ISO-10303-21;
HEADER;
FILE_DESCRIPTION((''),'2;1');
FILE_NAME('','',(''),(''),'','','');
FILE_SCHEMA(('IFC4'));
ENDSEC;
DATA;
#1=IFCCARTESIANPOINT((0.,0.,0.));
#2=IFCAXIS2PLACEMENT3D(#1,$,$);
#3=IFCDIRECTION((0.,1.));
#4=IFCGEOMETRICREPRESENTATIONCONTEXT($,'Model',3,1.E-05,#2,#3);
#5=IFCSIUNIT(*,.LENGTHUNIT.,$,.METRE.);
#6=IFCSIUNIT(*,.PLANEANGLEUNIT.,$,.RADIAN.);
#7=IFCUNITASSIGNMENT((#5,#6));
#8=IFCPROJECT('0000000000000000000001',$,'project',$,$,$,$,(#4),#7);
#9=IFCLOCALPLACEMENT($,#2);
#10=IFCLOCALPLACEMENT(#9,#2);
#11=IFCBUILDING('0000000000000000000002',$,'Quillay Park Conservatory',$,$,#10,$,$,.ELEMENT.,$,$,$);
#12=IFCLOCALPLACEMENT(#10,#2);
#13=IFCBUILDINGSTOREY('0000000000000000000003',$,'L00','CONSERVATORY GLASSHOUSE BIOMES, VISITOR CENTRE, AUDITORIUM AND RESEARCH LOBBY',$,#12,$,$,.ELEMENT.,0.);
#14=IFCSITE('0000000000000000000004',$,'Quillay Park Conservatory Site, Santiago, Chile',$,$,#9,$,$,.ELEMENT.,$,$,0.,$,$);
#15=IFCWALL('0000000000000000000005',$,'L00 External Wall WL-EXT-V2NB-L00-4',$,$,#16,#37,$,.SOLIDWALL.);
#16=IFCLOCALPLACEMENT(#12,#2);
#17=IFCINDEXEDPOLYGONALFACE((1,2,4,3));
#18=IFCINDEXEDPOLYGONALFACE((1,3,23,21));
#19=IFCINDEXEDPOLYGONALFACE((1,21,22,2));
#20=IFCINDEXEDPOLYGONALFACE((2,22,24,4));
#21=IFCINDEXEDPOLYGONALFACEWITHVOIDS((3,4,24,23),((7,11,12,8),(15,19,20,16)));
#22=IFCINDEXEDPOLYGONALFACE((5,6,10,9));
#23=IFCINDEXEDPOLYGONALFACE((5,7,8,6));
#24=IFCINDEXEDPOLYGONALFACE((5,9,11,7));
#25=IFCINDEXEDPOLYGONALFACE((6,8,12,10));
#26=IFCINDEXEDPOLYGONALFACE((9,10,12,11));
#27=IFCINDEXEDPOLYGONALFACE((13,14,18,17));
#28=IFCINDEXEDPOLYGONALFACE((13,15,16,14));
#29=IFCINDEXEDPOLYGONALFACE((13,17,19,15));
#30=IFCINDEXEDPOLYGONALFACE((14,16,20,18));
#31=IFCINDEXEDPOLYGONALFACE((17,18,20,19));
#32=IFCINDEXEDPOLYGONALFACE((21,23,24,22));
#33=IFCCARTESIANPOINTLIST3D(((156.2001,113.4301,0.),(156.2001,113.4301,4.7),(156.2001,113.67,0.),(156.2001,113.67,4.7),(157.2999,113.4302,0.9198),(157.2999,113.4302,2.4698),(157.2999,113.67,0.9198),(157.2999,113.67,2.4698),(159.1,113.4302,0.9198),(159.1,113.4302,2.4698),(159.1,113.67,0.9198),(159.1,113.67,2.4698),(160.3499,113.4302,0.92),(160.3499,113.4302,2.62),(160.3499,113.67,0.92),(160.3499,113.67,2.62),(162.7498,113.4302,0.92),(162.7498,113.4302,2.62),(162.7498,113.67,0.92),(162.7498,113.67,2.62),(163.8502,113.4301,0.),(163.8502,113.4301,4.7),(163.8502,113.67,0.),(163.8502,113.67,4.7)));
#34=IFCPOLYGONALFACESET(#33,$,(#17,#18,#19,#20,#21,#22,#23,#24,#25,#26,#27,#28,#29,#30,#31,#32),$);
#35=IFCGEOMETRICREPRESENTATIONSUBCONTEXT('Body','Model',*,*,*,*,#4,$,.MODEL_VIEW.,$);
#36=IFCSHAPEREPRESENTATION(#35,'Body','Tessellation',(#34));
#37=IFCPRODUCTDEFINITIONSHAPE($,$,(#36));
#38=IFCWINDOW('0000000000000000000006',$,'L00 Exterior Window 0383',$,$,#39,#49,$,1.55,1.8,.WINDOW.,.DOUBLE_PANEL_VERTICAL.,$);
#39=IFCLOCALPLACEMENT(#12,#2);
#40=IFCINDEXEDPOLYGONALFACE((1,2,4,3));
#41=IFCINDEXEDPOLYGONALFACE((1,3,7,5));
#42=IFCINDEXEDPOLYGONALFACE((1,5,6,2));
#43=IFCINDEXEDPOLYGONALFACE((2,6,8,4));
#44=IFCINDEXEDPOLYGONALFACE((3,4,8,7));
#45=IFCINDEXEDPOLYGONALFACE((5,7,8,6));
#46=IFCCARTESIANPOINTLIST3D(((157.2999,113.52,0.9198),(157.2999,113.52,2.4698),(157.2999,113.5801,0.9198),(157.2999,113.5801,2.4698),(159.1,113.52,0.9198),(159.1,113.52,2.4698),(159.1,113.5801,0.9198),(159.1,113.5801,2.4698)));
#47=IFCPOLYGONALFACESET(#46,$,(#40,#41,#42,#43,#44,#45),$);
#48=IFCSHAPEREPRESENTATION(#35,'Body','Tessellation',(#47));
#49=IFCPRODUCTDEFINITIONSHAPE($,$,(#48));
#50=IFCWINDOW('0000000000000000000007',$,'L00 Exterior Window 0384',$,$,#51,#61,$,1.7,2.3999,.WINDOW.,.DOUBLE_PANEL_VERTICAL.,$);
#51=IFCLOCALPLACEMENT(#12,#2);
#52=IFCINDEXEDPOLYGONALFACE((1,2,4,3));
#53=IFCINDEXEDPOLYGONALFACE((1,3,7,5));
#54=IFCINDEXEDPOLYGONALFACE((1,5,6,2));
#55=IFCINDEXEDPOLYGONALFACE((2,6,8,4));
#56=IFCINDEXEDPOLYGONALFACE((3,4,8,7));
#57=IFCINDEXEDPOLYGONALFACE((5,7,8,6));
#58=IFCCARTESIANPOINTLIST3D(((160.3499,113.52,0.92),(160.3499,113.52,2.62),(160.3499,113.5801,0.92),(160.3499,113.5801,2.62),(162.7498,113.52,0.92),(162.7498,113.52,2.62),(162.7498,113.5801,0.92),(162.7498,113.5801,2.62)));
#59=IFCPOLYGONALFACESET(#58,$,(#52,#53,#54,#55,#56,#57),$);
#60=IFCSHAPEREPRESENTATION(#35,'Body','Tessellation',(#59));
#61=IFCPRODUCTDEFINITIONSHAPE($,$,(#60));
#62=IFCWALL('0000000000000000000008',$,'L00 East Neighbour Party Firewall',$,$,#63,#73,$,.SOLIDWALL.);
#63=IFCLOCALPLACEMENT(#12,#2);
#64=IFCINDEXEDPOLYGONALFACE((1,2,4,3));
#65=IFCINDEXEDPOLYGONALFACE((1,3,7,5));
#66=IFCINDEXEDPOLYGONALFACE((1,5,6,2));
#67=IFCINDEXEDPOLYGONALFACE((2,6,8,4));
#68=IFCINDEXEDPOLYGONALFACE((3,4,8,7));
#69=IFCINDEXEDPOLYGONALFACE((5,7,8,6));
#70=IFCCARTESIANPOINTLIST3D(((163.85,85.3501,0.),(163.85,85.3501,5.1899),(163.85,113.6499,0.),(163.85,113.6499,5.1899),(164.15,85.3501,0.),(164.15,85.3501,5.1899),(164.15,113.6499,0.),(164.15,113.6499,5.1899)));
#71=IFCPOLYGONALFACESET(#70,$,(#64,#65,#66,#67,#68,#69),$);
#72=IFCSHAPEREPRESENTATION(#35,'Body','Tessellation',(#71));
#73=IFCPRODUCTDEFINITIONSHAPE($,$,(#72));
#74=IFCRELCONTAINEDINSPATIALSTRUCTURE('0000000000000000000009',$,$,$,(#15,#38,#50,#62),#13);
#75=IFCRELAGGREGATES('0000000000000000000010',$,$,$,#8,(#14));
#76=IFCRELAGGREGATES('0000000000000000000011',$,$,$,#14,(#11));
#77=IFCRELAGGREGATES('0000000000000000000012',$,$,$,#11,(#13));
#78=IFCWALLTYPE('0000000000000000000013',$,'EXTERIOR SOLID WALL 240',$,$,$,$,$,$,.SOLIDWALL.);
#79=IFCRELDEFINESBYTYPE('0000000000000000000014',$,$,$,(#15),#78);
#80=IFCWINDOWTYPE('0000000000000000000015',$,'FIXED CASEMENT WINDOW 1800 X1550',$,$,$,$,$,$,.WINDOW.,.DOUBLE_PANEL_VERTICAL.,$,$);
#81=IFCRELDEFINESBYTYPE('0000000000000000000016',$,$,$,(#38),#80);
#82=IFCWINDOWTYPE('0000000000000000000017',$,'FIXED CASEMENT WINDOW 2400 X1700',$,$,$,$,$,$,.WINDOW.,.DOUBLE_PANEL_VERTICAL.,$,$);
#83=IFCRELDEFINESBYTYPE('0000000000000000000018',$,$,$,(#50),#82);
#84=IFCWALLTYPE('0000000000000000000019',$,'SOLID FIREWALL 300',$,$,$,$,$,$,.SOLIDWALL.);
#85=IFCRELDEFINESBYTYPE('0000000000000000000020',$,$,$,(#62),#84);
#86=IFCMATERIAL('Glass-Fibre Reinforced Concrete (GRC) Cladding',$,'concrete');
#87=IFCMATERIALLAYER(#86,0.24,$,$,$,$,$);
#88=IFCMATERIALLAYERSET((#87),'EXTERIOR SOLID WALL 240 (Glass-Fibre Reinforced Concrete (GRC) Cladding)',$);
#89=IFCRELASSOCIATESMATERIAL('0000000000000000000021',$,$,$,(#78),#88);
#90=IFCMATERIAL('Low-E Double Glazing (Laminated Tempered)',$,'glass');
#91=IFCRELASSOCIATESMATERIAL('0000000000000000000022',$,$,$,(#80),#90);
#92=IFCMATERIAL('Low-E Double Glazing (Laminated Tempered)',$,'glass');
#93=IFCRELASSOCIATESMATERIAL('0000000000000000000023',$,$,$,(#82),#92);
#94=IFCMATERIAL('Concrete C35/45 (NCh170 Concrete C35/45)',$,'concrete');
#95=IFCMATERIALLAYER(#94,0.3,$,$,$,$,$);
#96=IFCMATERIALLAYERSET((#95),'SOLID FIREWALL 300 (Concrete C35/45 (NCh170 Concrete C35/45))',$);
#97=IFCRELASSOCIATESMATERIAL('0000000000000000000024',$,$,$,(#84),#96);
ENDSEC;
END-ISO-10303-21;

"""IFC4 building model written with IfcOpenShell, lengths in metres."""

from ifc_helpers import new_model, si_unit, direction, frame, frame_2d, origin, place, context, subcontext, project, spatial, rectangle, extrude, material, layer, layer_set, type_object, element, fill, save


model = new_model("IFC4")

# Units and contexts
model_context = context("Model", 3, precision=1e-05, world=origin(), true_north=direction((0.0, 1.0)))
body_context = subcontext(model_context, "Body", "Model", "MODEL_VIEW")
ifc_project = project(units=[si_unit("LENGTHUNIT", "METRE"), si_unit("PLANEANGLEUNIT", "RADIAN")], contexts=[model_context])

# Site, building, storey
site_placement = place(None, origin())
site = spatial("IfcSite", under=ifc_project, at=site_placement, Name="Quillay Park Conservatory Site, Santiago, Chile", CompositionType="ELEMENT", RefElevation=0.0)
building_placement = place(site_placement, origin())
building = spatial("IfcBuilding", under=site, at=building_placement, Name="Quillay Park Conservatory", CompositionType="ELEMENT")
storey_placement = place(building_placement, origin())
storey = spatial("IfcBuildingStorey", under=building, at=storey_placement, Name="L00", Description="CONSERVATORY GLASSHOUSE BIOMES, VISITOR CENTRE, AUDITORIUM AND RESEARCH LOBBY", CompositionType="ELEMENT", Elevation=0.0)

# Wall, openings, windows
ifc_material_1 = material(Name="Glass-Fibre Reinforced Concrete (GRC) Cladding", Category="concrete")
ifc_layer_1 = layer(ifc_material_1, 0.24)
ifc_layer_set_1 = layer_set([ifc_layer_1], Name="EXTERIOR SOLID WALL 240 (Glass-Fibre Reinforced Concrete (GRC) Cladding)")
wall_type_1 = type_object("IfcWallType", Name="EXTERIOR SOLID WALL 240", PredefinedType="SOLIDWALL", material=ifc_layer_set_1)
wall_1_placement = place(storey_placement, frame((156.2, 113.55, 0.0), z_axis=(0.0, 0.0, 1.0), x_axis=(1.0, 0.0, 0.0)))
wall_1 = element("IfcWall", 1, at=wall_1_placement, inside=storey, type_object=wall_type_1, Name="L00 External Wall WL-EXT-V2NB-L00-4", PredefinedType="SOLIDWALL", context=body_context, shape_type="SweptSolid", body=[
    extrude(rectangle(XDim=7.6501, YDim=0.24, at=frame_2d((3.8252, 0.0))), origin(), (0.0, 0.0, 1.0), 4.7),
])
opening_1_placement = place(wall_1_placement, frame((1.1001, 0.0, 0.9199)))
opening_1 = element("IfcOpeningElement", 2, at=opening_1_placement, cuts=wall_1, PredefinedType="OPENING", context=body_context, shape_type="SweptSolid", body=[
    extrude(rectangle(XDim=1.8, YDim=1.55, at=frame_2d((0.8999, 0.7749))), frame((0.0, 0.1201, 0.0), z_axis=(0.0, -1.0, 0.0), x_axis=(1.0, 0.0, 0.0)), (0.0, 0.0, 1.0), 0.24),
])
opening_2_placement = place(wall_1_placement, frame((4.1499, 0.0, 0.9199)))
opening_2 = element("IfcOpeningElement", 3, at=opening_2_placement, cuts=wall_1, PredefinedType="OPENING", context=body_context, shape_type="SweptSolid", body=[
    extrude(rectangle(XDim=2.3999, YDim=1.7, at=frame_2d((1.2, 0.8501))), frame((0.0, 0.1201, 0.0), z_axis=(0.0, -1.0, 0.0), x_axis=(1.0, 0.0, 0.0)), (0.0, 0.0, 1.0), 0.24),
])
ifc_material_2 = material(Name="Low-E Double Glazing (Laminated Tempered)", Category="glass")
window_type_1 = type_object("IfcWindowType", Name="FIXED CASEMENT WINDOW 1800 X1550", PartitioningType="DOUBLE_PANEL_VERTICAL", PredefinedType="WINDOW", material=ifc_material_2)
window_1_placement = place(opening_1_placement, origin())
window_1 = element("IfcWindow", 4, at=window_1_placement, inside=storey, type_object=window_type_1, Name="L00 Exterior Window 0383", OverallHeight=1.55, OverallWidth=1.8, PartitioningType="DOUBLE_PANEL_VERTICAL", PredefinedType="WINDOW", context=body_context, shape_type="SweptSolid", body=[
    extrude(rectangle(XDim=1.8, YDim=1.55, at=frame_2d((0.8999, 0.7749))), frame((0.0, 0.03, 0.0), z_axis=(0.0, -1.0, 0.0), x_axis=(1.0, 0.0, 0.0)), (0.0, 0.0, 1.0), 0.0601),
])
fill(opening_1, window_1)
ifc_material_3 = material(Name="Low-E Double Glazing (Laminated Tempered)", Category="glass")
window_type_2 = type_object("IfcWindowType", Name="FIXED CASEMENT WINDOW 2400 X1700", PartitioningType="DOUBLE_PANEL_VERTICAL", PredefinedType="WINDOW", material=ifc_material_3)
window_2_placement = place(opening_2_placement, origin())
window_2 = element("IfcWindow", 5, at=window_2_placement, inside=storey, type_object=window_type_2, Name="L00 Exterior Window 0384", OverallHeight=1.7, OverallWidth=2.3999, PartitioningType="DOUBLE_PANEL_VERTICAL", PredefinedType="WINDOW", context=body_context, shape_type="SweptSolid", body=[
    extrude(rectangle(XDim=2.3999, YDim=1.7, at=frame_2d((1.2, 0.8501))), frame((0.0, 0.03, 0.0), z_axis=(0.0, -1.0, 0.0), x_axis=(1.0, 0.0, 0.0)), (0.0, 0.0, 1.0), 0.0601),
])
fill(opening_2, window_2)

# Wall
ifc_material_4 = material(Name="Concrete C35/45 (NCh170 Concrete C35/45)", Category="concrete")
ifc_layer_2 = layer(ifc_material_4, 0.3)
ifc_layer_set_2 = layer_set([ifc_layer_2], Name="SOLID FIREWALL 300 (Concrete C35/45 (NCh170 Concrete C35/45))")
wall_type_2 = type_object("IfcWallType", Name="SOLID FIREWALL 300", PredefinedType="SOLIDWALL", material=ifc_layer_set_2)
wall_2_placement = place(storey_placement, frame((164.0, 113.6499, 0.0), z_axis=(0.0, 0.0, 1.0), x_axis=(0.0, -1.0, 0.0)))
element("IfcWall", 6, at=wall_2_placement, inside=storey, type_object=wall_type_2, Name="L00 East Neighbour Party Firewall", PredefinedType="SOLIDWALL", context=body_context, shape_type="SweptSolid", body=[
    extrude(rectangle(XDim=28.2998, YDim=0.3, at=frame_2d((14.1499, 0.0))), origin(), (0.0, 0.0, 1.0), 5.1899),
])

save(model, "model.ifc")
